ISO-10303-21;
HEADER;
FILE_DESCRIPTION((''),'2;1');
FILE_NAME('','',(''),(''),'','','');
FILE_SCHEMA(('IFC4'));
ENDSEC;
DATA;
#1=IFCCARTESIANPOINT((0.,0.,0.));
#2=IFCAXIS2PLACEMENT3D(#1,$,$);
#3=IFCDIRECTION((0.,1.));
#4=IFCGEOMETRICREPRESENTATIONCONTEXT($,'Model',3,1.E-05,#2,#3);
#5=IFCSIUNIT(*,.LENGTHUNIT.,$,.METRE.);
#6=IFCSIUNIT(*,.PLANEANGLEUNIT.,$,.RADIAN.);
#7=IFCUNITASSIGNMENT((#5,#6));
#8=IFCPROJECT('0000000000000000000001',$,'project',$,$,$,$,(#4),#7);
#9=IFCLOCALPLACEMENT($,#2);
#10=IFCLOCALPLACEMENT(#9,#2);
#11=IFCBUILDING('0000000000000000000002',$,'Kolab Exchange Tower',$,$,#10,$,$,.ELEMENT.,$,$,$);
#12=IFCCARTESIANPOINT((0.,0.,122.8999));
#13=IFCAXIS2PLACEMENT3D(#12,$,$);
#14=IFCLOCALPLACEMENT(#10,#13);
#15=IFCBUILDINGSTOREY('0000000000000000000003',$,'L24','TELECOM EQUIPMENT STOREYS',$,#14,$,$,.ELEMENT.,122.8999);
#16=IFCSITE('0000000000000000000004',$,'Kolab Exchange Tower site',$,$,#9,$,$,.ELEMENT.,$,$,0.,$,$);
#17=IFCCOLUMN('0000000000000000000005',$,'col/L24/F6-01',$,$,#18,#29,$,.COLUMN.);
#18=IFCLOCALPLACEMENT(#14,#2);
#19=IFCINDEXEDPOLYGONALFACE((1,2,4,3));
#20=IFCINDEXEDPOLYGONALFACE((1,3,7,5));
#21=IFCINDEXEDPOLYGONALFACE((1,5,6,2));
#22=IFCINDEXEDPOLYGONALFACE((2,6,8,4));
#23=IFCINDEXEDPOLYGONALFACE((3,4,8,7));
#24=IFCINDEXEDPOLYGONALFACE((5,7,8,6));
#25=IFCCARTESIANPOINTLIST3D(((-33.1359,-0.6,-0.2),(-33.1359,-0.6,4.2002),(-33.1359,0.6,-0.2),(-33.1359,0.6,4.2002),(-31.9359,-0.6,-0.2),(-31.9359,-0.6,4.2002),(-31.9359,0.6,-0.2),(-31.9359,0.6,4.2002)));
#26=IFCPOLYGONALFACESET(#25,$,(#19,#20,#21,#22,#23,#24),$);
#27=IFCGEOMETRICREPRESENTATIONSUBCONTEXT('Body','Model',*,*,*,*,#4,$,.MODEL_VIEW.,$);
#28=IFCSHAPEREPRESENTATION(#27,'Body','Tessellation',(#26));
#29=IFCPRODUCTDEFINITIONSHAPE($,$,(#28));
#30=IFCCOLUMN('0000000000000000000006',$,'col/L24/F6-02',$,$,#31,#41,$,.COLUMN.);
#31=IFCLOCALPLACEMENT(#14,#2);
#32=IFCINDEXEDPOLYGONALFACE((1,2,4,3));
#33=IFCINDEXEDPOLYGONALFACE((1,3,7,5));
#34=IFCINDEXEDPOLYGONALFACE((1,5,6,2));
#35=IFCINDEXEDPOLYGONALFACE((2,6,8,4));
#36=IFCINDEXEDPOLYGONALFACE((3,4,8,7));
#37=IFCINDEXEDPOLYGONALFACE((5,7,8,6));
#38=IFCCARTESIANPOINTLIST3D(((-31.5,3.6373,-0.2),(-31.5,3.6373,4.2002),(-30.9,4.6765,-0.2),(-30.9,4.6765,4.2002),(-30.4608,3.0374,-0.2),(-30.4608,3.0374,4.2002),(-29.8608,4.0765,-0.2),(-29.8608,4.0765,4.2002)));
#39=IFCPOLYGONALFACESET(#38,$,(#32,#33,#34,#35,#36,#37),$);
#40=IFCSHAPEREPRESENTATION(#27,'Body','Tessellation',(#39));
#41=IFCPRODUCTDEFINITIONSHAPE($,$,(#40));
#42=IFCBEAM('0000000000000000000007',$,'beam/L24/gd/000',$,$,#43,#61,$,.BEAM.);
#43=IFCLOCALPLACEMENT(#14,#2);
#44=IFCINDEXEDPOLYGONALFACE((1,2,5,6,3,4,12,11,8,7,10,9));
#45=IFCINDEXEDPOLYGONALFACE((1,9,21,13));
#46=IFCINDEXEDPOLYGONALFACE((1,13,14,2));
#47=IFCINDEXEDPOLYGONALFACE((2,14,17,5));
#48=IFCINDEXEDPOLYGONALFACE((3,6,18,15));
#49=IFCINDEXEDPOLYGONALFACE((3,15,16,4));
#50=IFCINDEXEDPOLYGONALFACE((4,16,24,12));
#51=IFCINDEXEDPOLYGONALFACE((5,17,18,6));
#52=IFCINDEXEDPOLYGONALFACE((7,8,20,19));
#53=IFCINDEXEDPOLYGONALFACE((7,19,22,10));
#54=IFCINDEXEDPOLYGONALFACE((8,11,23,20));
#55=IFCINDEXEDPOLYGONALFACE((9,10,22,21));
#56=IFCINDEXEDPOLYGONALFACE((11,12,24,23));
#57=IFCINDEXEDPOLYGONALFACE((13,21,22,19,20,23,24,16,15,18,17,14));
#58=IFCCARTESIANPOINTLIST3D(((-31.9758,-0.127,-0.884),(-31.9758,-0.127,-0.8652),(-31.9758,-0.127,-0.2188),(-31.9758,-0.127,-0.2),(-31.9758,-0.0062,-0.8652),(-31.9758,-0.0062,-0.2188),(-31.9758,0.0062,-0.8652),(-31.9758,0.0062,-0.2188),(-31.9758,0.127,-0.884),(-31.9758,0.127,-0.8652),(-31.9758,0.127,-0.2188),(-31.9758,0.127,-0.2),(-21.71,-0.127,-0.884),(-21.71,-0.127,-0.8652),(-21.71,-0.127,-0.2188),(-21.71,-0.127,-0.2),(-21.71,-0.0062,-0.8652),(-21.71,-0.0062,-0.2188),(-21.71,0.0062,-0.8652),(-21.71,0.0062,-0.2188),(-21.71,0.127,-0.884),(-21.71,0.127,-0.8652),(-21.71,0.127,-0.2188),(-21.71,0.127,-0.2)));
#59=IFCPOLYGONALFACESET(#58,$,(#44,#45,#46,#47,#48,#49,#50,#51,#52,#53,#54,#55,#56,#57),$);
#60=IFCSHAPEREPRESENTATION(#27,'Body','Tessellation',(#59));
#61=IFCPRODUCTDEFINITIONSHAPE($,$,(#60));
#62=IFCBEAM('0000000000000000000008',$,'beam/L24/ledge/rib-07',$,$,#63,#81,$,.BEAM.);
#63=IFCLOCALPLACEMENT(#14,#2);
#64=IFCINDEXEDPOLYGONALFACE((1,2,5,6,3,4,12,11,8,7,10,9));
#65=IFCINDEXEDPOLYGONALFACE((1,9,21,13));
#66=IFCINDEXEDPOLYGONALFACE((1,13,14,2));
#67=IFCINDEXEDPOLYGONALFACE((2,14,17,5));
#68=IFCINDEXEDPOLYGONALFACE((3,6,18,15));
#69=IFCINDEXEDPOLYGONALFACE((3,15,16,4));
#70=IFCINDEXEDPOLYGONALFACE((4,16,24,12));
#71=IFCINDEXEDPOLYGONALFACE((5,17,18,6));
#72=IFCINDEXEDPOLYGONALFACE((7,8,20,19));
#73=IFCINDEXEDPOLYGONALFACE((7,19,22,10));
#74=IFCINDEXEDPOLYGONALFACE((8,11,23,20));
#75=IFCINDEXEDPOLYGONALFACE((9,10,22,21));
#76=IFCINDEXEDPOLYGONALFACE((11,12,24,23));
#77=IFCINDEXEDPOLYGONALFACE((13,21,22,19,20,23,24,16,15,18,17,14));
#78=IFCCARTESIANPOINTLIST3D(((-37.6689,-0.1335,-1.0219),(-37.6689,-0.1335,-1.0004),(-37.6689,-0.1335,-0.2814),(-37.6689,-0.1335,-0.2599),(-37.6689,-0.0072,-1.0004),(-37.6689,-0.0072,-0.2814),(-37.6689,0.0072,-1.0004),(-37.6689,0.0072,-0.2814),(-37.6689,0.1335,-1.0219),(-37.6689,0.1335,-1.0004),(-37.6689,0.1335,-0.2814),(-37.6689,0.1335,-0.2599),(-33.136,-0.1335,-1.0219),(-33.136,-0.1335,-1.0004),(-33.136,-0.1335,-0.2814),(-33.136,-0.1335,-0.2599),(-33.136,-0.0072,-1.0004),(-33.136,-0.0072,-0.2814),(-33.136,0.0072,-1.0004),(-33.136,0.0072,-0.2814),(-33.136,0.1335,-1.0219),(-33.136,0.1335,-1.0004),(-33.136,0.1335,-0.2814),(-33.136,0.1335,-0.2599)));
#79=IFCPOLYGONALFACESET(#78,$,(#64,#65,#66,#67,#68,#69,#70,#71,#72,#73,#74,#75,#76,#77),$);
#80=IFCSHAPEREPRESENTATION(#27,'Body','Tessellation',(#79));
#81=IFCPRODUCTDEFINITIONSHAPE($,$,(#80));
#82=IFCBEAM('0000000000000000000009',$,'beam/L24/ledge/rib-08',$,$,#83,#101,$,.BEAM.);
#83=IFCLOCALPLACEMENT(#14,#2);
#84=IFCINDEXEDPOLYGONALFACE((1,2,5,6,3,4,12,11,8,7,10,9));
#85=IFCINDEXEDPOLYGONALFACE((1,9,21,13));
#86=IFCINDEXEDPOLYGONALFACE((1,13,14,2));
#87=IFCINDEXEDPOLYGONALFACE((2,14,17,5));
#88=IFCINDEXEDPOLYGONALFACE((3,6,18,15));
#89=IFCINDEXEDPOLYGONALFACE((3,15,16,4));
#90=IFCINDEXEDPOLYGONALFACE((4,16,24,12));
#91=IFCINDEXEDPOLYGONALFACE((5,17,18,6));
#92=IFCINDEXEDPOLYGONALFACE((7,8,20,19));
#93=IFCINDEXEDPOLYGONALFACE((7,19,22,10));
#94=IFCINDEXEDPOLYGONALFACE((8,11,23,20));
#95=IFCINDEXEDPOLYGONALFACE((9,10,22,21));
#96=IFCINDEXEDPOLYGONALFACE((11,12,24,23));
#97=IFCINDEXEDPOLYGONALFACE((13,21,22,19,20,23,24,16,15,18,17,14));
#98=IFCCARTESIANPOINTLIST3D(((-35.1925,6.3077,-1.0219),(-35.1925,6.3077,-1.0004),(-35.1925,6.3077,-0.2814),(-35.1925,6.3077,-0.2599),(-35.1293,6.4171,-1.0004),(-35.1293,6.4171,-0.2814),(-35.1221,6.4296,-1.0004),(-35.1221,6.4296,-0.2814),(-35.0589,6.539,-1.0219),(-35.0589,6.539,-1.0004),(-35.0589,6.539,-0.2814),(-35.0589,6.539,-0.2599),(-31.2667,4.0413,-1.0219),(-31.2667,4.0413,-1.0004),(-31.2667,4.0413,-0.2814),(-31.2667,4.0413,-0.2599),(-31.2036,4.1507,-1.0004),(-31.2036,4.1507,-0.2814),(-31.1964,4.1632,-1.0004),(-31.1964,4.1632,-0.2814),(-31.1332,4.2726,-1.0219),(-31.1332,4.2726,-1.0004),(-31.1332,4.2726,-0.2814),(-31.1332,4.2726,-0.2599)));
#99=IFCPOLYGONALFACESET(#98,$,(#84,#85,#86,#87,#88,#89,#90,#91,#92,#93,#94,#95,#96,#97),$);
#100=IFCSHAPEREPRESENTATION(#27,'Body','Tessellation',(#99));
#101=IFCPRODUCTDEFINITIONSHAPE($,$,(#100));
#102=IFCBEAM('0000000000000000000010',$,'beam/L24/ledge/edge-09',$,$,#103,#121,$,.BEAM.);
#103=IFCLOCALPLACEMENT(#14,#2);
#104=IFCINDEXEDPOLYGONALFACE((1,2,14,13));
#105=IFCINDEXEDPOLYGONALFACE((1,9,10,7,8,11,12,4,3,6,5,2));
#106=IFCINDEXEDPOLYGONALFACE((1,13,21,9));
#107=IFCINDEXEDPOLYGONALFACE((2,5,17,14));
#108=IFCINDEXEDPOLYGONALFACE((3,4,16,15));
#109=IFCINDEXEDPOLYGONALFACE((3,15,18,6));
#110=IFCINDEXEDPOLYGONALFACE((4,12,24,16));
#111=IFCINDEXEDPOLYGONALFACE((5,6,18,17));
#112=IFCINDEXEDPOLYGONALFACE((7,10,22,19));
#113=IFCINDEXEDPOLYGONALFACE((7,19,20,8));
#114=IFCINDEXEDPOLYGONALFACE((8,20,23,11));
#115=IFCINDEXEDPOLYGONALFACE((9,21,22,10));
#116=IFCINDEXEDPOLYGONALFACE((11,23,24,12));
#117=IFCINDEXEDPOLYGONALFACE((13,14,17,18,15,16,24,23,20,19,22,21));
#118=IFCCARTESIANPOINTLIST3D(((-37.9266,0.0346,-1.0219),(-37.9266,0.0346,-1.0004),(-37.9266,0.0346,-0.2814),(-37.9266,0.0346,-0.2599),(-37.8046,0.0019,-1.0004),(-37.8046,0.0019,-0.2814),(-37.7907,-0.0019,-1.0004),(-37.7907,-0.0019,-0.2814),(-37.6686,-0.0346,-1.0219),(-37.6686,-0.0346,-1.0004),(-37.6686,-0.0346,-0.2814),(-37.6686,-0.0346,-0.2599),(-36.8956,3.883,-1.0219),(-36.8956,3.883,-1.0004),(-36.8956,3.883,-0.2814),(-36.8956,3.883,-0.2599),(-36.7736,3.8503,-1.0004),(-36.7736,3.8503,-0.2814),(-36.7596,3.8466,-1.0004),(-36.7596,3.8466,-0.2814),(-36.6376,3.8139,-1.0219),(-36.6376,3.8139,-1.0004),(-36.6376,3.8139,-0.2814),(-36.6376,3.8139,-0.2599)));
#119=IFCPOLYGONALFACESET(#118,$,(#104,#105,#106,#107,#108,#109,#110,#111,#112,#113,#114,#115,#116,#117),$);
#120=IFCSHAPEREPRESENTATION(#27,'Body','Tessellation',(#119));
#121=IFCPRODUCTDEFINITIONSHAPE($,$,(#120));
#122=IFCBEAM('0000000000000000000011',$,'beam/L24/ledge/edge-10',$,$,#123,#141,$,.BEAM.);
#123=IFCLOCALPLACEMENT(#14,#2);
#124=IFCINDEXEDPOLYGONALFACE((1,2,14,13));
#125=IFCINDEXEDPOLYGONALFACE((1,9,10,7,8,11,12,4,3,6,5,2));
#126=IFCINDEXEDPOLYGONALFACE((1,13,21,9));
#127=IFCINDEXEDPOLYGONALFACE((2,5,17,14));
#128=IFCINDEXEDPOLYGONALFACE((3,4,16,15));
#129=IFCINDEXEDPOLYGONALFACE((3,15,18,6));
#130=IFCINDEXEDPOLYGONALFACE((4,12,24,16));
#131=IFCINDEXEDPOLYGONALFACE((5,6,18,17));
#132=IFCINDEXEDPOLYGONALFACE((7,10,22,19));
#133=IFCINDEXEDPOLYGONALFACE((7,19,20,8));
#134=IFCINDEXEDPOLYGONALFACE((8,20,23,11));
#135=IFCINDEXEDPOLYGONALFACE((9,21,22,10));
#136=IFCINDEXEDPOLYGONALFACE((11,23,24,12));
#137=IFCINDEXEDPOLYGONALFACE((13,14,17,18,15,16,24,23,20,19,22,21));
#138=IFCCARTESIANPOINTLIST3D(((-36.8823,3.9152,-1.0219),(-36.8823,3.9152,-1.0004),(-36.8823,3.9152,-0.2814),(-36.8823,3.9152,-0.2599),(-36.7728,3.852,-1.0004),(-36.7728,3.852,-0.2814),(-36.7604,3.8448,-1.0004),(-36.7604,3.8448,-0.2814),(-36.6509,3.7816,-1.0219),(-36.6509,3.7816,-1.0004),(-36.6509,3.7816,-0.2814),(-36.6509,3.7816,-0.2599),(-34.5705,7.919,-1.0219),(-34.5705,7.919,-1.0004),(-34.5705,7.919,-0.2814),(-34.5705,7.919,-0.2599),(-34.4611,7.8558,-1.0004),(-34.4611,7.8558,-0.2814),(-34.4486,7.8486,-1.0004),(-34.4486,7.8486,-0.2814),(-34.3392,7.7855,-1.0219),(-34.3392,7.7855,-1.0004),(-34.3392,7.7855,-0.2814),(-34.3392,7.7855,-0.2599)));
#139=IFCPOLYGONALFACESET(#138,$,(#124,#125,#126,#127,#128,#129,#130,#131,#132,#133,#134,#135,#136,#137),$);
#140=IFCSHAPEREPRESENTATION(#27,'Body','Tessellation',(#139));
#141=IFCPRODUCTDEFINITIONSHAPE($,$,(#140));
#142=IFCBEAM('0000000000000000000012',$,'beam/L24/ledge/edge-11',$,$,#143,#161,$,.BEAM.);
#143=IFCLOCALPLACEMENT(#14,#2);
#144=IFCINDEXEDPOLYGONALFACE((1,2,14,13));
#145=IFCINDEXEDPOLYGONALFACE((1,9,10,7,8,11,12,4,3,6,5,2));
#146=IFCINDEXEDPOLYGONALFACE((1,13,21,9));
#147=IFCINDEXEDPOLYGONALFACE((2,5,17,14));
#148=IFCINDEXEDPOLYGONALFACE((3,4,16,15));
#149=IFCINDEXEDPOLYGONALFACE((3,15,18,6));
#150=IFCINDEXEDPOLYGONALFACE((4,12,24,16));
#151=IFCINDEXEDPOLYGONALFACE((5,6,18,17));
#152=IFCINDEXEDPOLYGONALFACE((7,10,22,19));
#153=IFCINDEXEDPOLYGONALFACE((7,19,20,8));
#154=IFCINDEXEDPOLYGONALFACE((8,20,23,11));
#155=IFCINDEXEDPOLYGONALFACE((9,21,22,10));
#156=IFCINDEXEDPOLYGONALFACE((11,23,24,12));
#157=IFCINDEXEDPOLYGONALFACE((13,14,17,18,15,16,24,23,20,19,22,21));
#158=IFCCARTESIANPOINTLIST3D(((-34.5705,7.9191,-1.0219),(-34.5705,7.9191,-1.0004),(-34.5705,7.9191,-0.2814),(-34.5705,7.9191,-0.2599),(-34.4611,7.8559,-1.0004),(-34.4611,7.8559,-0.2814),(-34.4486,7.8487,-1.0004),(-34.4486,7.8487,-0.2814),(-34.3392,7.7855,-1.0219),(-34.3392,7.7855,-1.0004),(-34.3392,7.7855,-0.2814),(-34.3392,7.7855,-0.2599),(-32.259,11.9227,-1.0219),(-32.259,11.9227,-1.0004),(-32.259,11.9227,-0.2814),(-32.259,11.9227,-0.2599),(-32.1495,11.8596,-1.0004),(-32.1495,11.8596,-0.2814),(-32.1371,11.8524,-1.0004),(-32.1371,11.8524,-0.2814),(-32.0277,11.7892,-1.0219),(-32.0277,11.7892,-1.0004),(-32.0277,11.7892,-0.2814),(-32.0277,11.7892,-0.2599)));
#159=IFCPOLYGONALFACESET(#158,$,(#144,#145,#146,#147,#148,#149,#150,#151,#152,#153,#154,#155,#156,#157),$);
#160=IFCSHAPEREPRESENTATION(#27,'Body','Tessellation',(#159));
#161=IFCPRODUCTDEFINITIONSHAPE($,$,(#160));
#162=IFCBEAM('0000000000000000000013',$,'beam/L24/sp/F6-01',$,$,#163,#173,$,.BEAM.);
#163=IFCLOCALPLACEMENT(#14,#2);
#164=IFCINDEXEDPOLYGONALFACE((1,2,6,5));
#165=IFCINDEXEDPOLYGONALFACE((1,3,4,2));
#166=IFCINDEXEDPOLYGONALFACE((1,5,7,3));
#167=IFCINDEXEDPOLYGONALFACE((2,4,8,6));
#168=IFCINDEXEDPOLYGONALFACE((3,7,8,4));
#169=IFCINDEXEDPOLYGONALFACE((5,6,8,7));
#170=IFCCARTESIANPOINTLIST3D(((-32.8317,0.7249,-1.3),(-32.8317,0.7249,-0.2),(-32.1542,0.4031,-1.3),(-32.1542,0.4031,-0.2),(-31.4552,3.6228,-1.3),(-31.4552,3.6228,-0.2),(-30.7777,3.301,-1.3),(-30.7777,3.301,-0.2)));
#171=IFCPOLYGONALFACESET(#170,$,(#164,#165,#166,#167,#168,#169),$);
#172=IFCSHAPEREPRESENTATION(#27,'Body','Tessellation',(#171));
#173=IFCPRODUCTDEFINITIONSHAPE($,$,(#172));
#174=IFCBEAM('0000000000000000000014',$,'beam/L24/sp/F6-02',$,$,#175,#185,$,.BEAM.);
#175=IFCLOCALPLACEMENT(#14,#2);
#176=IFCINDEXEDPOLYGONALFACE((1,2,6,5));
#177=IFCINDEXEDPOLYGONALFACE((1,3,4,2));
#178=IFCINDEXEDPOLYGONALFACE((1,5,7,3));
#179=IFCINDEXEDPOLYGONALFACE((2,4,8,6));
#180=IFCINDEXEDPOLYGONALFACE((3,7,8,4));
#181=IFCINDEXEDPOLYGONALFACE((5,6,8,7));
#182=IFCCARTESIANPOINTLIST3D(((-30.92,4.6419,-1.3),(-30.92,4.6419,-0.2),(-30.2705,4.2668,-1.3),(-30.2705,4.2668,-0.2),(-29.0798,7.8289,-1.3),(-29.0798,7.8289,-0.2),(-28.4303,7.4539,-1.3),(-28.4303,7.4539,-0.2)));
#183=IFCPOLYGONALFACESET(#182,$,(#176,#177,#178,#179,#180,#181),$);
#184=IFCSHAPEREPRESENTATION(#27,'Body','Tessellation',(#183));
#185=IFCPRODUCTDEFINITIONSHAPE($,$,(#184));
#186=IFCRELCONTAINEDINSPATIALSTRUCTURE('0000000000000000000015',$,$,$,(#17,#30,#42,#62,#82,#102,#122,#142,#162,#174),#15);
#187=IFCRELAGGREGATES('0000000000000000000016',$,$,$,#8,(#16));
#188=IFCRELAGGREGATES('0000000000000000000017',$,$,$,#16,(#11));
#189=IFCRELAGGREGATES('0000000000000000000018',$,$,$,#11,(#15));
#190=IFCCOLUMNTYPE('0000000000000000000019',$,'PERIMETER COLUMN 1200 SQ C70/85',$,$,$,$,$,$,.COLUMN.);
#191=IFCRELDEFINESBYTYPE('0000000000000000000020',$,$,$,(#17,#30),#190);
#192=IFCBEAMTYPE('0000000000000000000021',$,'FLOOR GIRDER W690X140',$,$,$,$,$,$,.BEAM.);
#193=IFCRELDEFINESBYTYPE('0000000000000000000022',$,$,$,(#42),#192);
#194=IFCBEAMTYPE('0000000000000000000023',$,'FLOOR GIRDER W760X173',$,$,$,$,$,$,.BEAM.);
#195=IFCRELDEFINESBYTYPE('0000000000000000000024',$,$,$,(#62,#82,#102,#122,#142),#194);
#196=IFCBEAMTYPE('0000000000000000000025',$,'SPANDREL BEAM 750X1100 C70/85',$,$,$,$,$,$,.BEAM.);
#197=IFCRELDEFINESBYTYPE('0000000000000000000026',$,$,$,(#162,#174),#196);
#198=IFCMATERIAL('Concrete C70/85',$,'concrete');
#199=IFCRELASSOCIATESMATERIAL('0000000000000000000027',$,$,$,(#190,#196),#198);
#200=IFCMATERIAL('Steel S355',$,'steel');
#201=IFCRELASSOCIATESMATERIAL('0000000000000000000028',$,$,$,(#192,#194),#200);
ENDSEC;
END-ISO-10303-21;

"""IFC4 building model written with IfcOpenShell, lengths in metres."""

from ifc_helpers import new_model, si_unit, direction, frame, origin, origin_2d, place, context, subcontext, project, spatial, rectangle, i_section, extrude, material, material_profile, profile_set, type_object, element, save


model = new_model("IFC4")

# Units and contexts
model_context = context("Model", 3, precision=1e-05, world=origin(), true_north=direction((0.0, 1.0)))
body_context = subcontext(model_context, "Body", "Model", "MODEL_VIEW")
ifc_project = project(units=[si_unit("LENGTHUNIT", "METRE"), si_unit("PLANEANGLEUNIT", "RADIAN")], contexts=[model_context])

# Site, building, storey
site_placement = place(None, origin())
site = spatial("IfcSite", under=ifc_project, at=site_placement, Name="Kolab Exchange Tower site", CompositionType="ELEMENT", RefElevation=0.0)
building_placement = place(site_placement, origin())
building = spatial("IfcBuilding", under=site, at=building_placement, Name="Kolab Exchange Tower", CompositionType="ELEMENT")
storey_placement = place(building_placement, frame((0.0, 0.0, 122.8999)))
storey = spatial("IfcBuildingStorey", under=building, at=storey_placement, Name="L24", Description="TELECOM EQUIPMENT STOREYS", CompositionType="ELEMENT", Elevation=122.8999)

# Columns
ifc_material_1 = material(Name="Concrete C70/85", Category="concrete")
ifc_material_profile_1 = material_profile(ifc_material_1, rectangle(XDim=1.2, YDim=1.2, at=origin_2d()), Name="RC1200")
ifc_profile_set_1 = profile_set([ifc_material_profile_1], Name="Concrete C70/85")
column_type = type_object("IfcColumnType", Name="PERIMETER COLUMN 1200 SQ C70/85", PredefinedType="COLUMN", material=ifc_profile_set_1)
for number, where, z_axis, x_axis, name in (
    (1, (-32.5359, 0.0, -0.2), (0.0, 0.0, 1.0), (1.0, 0.0, 0.0), "col/L24/F6-01"),
    (2, (-30.6804, 3.8569, -0.2), (0.0, 0.0, 1.0), (0.5, 0.866025, 0.0), "col/L24/F6-02"),
):
    element("IfcColumn", number, at=place(storey_placement, frame(where, z_axis=z_axis, x_axis=x_axis)), inside=storey, type_object=column_type, Name=name, PredefinedType="COLUMN", context=body_context, shape_type="SweptSolid", body=[
        extrude(rectangle(XDim=1.2, YDim=1.2, at=origin_2d()), origin(), (0.0, 0.0, 1.0), 4.4001),
    ])

# Beams
ifc_material_2 = material(Name="Steel S355", Category="steel")
ifc_material_profile_2 = material_profile(ifc_material_2, i_section(OverallWidth=0.2539, OverallDepth=0.6841, WebThickness=0.0125, FlangeThickness=0.0188, at=origin_2d()), Name="W690X140")
ifc_profile_set_2 = profile_set([ifc_material_profile_2], Name="Steel S355")
beam_type_1 = type_object("IfcBeamType", Name="FLOOR GIRDER W690X140", PredefinedType="BEAM", material=ifc_profile_set_2)
beam_1_placement = place(storey_placement, frame((-31.9758, 0.0, -0.542), z_axis=(1.0, 0.0, 0.0), x_axis=(0.0, 1.0, 0.0)))
element("IfcBeam", 3, at=beam_1_placement, inside=storey, type_object=beam_type_1, Name="beam/L24/gd/000", PredefinedType="BEAM", context=body_context, shape_type="SweptSolid", body=[
    extrude(i_section(OverallWidth=0.2539, OverallDepth=0.6841, WebThickness=0.0125, FlangeThickness=0.0188, at=origin_2d()), origin(), (0.0, 0.0, 1.0), 10.2659),
])
ifc_material_profile_3 = material_profile(ifc_material_2, i_section(OverallWidth=0.2671, OverallDepth=0.762, WebThickness=0.0144, FlangeThickness=0.0215, at=origin_2d()), Name="W760X173")
ifc_profile_set_3 = profile_set([ifc_material_profile_3], Name="Steel S355")
beam_type_2 = type_object("IfcBeamType", Name="FLOOR GIRDER W760X173", PredefinedType="BEAM", material=ifc_profile_set_3)
for number, where, z_axis, x_axis, name in (
    (4, (-33.136, 0.0, -0.6409), (-1.0, 0.0, 0.0), (0.0, -1.0, 0.0), "beam/L24/ledge/rib-07"),
    (5, (-31.2, 4.157, -0.6409), (-0.866044, 0.499968, 0.0), (-0.499968, -0.866044, 0.0), "beam/L24/ledge/rib-08"),
):
    element("IfcBeam", number, at=place(storey_placement, frame(where, z_axis=z_axis, x_axis=x_axis)), inside=storey, type_object=beam_type_2, Name=name, PredefinedType="BEAM", context=body_context, shape_type="SweptSolid", body=[
        extrude(i_section(OverallWidth=0.2671, OverallDepth=0.762, WebThickness=0.0144, FlangeThickness=0.0215, at=origin_2d()), origin(), (0.0, 0.0, 1.0), 4.533),
    ])
beam_2_placement = place(storey_placement, frame((-37.7976, 0.0, -0.6409), z_axis=(0.25878, 0.965936, 0.0), x_axis=(-0.965936, 0.25878, 0.0)))
element("IfcBeam", 6, at=beam_2_placement, inside=storey, type_object=beam_type_2, Name="beam/L24/ledge/edge-09", PredefinedType="BEAM", context=body_context, shape_type="SweptSolid", body=[
    extrude(i_section(OverallWidth=0.2671, OverallDepth=0.762, WebThickness=0.0144, FlangeThickness=0.0215, at=origin_2d()), origin(), (0.0, 0.0, 1.0), 3.9841),
])
beam_3_placement = place(storey_placement, frame((-36.7666, 3.8484, -0.6409), z_axis=(0.500018, 0.866015, 0.0), x_axis=(-0.866015, 0.500018, 0.0)))
element("IfcBeam", 7, at=beam_3_placement, inside=storey, type_object=beam_type_2, Name="beam/L24/ledge/edge-10", PredefinedType="BEAM", context=body_context, shape_type="SweptSolid", body=[
    extrude(i_section(OverallWidth=0.2671, OverallDepth=0.762, WebThickness=0.0144, FlangeThickness=0.0215, at=origin_2d()), origin(), (0.0, 0.0, 1.0), 4.6233),
])
beam_4_placement = place(storey_placement, frame((-34.4548, 7.8523, -0.6409), z_axis=(0.500001, 0.866025, 0.0), x_axis=(-0.866025, 0.500001, 0.0)))
element("IfcBeam", 8, at=beam_4_placement, inside=storey, type_object=beam_type_2, Name="beam/L24/ledge/edge-11", PredefinedType="BEAM", context=body_context, shape_type="SweptSolid", body=[
    extrude(i_section(OverallWidth=0.2671, OverallDepth=0.762, WebThickness=0.0144, FlangeThickness=0.0215, at=origin_2d()), origin(), (0.0, 0.0, 1.0), 4.623),
])
ifc_material_profile_4 = material_profile(ifc_material_1, rectangle(XDim=0.75, YDim=1.1001, at=origin_2d()), Name="RC750X1100")
ifc_profile_set_4 = profile_set([ifc_material_profile_4], Name="Concrete C70/85")
beam_type_3 = type_object("IfcBeamType", Name="SPANDREL BEAM 750X1100 C70/85", PredefinedType="BEAM", material=ifc_profile_set_4)
beam_5_placement = place(storey_placement, frame((-32.4929, 0.564, -0.75), z_axis=(0.429041, 0.903285, 0.0), x_axis=(-0.903285, 0.429041, 0.0)))
element("IfcBeam", 9, at=beam_5_placement, inside=storey, type_object=beam_type_3, Name="beam/L24/sp/F6-01", PredefinedType="BEAM", context=body_context, shape_type="SweptSolid", body=[
    extrude(rectangle(XDim=0.75, YDim=1.1001, at=origin_2d()), origin(), (0.0, 0.0, 1.0), 3.2083),
])
beam_6_placement = place(storey_placement, frame((-30.5952, 4.4543, -0.75), z_axis=(0.500013, 0.866018, 0.0), x_axis=(-0.866018, 0.500013, 0.0)))
element("IfcBeam", 10, at=beam_6_placement, inside=storey, type_object=beam_type_3, Name="beam/L24/sp/F6-02", PredefinedType="BEAM", context=body_context, shape_type="SweptSolid", body=[
    extrude(rectangle(XDim=0.75, YDim=1.1001, at=origin_2d()), origin(), (0.0, 0.0, 1.0), 3.6802),
])

save(model, "model.ifc")
